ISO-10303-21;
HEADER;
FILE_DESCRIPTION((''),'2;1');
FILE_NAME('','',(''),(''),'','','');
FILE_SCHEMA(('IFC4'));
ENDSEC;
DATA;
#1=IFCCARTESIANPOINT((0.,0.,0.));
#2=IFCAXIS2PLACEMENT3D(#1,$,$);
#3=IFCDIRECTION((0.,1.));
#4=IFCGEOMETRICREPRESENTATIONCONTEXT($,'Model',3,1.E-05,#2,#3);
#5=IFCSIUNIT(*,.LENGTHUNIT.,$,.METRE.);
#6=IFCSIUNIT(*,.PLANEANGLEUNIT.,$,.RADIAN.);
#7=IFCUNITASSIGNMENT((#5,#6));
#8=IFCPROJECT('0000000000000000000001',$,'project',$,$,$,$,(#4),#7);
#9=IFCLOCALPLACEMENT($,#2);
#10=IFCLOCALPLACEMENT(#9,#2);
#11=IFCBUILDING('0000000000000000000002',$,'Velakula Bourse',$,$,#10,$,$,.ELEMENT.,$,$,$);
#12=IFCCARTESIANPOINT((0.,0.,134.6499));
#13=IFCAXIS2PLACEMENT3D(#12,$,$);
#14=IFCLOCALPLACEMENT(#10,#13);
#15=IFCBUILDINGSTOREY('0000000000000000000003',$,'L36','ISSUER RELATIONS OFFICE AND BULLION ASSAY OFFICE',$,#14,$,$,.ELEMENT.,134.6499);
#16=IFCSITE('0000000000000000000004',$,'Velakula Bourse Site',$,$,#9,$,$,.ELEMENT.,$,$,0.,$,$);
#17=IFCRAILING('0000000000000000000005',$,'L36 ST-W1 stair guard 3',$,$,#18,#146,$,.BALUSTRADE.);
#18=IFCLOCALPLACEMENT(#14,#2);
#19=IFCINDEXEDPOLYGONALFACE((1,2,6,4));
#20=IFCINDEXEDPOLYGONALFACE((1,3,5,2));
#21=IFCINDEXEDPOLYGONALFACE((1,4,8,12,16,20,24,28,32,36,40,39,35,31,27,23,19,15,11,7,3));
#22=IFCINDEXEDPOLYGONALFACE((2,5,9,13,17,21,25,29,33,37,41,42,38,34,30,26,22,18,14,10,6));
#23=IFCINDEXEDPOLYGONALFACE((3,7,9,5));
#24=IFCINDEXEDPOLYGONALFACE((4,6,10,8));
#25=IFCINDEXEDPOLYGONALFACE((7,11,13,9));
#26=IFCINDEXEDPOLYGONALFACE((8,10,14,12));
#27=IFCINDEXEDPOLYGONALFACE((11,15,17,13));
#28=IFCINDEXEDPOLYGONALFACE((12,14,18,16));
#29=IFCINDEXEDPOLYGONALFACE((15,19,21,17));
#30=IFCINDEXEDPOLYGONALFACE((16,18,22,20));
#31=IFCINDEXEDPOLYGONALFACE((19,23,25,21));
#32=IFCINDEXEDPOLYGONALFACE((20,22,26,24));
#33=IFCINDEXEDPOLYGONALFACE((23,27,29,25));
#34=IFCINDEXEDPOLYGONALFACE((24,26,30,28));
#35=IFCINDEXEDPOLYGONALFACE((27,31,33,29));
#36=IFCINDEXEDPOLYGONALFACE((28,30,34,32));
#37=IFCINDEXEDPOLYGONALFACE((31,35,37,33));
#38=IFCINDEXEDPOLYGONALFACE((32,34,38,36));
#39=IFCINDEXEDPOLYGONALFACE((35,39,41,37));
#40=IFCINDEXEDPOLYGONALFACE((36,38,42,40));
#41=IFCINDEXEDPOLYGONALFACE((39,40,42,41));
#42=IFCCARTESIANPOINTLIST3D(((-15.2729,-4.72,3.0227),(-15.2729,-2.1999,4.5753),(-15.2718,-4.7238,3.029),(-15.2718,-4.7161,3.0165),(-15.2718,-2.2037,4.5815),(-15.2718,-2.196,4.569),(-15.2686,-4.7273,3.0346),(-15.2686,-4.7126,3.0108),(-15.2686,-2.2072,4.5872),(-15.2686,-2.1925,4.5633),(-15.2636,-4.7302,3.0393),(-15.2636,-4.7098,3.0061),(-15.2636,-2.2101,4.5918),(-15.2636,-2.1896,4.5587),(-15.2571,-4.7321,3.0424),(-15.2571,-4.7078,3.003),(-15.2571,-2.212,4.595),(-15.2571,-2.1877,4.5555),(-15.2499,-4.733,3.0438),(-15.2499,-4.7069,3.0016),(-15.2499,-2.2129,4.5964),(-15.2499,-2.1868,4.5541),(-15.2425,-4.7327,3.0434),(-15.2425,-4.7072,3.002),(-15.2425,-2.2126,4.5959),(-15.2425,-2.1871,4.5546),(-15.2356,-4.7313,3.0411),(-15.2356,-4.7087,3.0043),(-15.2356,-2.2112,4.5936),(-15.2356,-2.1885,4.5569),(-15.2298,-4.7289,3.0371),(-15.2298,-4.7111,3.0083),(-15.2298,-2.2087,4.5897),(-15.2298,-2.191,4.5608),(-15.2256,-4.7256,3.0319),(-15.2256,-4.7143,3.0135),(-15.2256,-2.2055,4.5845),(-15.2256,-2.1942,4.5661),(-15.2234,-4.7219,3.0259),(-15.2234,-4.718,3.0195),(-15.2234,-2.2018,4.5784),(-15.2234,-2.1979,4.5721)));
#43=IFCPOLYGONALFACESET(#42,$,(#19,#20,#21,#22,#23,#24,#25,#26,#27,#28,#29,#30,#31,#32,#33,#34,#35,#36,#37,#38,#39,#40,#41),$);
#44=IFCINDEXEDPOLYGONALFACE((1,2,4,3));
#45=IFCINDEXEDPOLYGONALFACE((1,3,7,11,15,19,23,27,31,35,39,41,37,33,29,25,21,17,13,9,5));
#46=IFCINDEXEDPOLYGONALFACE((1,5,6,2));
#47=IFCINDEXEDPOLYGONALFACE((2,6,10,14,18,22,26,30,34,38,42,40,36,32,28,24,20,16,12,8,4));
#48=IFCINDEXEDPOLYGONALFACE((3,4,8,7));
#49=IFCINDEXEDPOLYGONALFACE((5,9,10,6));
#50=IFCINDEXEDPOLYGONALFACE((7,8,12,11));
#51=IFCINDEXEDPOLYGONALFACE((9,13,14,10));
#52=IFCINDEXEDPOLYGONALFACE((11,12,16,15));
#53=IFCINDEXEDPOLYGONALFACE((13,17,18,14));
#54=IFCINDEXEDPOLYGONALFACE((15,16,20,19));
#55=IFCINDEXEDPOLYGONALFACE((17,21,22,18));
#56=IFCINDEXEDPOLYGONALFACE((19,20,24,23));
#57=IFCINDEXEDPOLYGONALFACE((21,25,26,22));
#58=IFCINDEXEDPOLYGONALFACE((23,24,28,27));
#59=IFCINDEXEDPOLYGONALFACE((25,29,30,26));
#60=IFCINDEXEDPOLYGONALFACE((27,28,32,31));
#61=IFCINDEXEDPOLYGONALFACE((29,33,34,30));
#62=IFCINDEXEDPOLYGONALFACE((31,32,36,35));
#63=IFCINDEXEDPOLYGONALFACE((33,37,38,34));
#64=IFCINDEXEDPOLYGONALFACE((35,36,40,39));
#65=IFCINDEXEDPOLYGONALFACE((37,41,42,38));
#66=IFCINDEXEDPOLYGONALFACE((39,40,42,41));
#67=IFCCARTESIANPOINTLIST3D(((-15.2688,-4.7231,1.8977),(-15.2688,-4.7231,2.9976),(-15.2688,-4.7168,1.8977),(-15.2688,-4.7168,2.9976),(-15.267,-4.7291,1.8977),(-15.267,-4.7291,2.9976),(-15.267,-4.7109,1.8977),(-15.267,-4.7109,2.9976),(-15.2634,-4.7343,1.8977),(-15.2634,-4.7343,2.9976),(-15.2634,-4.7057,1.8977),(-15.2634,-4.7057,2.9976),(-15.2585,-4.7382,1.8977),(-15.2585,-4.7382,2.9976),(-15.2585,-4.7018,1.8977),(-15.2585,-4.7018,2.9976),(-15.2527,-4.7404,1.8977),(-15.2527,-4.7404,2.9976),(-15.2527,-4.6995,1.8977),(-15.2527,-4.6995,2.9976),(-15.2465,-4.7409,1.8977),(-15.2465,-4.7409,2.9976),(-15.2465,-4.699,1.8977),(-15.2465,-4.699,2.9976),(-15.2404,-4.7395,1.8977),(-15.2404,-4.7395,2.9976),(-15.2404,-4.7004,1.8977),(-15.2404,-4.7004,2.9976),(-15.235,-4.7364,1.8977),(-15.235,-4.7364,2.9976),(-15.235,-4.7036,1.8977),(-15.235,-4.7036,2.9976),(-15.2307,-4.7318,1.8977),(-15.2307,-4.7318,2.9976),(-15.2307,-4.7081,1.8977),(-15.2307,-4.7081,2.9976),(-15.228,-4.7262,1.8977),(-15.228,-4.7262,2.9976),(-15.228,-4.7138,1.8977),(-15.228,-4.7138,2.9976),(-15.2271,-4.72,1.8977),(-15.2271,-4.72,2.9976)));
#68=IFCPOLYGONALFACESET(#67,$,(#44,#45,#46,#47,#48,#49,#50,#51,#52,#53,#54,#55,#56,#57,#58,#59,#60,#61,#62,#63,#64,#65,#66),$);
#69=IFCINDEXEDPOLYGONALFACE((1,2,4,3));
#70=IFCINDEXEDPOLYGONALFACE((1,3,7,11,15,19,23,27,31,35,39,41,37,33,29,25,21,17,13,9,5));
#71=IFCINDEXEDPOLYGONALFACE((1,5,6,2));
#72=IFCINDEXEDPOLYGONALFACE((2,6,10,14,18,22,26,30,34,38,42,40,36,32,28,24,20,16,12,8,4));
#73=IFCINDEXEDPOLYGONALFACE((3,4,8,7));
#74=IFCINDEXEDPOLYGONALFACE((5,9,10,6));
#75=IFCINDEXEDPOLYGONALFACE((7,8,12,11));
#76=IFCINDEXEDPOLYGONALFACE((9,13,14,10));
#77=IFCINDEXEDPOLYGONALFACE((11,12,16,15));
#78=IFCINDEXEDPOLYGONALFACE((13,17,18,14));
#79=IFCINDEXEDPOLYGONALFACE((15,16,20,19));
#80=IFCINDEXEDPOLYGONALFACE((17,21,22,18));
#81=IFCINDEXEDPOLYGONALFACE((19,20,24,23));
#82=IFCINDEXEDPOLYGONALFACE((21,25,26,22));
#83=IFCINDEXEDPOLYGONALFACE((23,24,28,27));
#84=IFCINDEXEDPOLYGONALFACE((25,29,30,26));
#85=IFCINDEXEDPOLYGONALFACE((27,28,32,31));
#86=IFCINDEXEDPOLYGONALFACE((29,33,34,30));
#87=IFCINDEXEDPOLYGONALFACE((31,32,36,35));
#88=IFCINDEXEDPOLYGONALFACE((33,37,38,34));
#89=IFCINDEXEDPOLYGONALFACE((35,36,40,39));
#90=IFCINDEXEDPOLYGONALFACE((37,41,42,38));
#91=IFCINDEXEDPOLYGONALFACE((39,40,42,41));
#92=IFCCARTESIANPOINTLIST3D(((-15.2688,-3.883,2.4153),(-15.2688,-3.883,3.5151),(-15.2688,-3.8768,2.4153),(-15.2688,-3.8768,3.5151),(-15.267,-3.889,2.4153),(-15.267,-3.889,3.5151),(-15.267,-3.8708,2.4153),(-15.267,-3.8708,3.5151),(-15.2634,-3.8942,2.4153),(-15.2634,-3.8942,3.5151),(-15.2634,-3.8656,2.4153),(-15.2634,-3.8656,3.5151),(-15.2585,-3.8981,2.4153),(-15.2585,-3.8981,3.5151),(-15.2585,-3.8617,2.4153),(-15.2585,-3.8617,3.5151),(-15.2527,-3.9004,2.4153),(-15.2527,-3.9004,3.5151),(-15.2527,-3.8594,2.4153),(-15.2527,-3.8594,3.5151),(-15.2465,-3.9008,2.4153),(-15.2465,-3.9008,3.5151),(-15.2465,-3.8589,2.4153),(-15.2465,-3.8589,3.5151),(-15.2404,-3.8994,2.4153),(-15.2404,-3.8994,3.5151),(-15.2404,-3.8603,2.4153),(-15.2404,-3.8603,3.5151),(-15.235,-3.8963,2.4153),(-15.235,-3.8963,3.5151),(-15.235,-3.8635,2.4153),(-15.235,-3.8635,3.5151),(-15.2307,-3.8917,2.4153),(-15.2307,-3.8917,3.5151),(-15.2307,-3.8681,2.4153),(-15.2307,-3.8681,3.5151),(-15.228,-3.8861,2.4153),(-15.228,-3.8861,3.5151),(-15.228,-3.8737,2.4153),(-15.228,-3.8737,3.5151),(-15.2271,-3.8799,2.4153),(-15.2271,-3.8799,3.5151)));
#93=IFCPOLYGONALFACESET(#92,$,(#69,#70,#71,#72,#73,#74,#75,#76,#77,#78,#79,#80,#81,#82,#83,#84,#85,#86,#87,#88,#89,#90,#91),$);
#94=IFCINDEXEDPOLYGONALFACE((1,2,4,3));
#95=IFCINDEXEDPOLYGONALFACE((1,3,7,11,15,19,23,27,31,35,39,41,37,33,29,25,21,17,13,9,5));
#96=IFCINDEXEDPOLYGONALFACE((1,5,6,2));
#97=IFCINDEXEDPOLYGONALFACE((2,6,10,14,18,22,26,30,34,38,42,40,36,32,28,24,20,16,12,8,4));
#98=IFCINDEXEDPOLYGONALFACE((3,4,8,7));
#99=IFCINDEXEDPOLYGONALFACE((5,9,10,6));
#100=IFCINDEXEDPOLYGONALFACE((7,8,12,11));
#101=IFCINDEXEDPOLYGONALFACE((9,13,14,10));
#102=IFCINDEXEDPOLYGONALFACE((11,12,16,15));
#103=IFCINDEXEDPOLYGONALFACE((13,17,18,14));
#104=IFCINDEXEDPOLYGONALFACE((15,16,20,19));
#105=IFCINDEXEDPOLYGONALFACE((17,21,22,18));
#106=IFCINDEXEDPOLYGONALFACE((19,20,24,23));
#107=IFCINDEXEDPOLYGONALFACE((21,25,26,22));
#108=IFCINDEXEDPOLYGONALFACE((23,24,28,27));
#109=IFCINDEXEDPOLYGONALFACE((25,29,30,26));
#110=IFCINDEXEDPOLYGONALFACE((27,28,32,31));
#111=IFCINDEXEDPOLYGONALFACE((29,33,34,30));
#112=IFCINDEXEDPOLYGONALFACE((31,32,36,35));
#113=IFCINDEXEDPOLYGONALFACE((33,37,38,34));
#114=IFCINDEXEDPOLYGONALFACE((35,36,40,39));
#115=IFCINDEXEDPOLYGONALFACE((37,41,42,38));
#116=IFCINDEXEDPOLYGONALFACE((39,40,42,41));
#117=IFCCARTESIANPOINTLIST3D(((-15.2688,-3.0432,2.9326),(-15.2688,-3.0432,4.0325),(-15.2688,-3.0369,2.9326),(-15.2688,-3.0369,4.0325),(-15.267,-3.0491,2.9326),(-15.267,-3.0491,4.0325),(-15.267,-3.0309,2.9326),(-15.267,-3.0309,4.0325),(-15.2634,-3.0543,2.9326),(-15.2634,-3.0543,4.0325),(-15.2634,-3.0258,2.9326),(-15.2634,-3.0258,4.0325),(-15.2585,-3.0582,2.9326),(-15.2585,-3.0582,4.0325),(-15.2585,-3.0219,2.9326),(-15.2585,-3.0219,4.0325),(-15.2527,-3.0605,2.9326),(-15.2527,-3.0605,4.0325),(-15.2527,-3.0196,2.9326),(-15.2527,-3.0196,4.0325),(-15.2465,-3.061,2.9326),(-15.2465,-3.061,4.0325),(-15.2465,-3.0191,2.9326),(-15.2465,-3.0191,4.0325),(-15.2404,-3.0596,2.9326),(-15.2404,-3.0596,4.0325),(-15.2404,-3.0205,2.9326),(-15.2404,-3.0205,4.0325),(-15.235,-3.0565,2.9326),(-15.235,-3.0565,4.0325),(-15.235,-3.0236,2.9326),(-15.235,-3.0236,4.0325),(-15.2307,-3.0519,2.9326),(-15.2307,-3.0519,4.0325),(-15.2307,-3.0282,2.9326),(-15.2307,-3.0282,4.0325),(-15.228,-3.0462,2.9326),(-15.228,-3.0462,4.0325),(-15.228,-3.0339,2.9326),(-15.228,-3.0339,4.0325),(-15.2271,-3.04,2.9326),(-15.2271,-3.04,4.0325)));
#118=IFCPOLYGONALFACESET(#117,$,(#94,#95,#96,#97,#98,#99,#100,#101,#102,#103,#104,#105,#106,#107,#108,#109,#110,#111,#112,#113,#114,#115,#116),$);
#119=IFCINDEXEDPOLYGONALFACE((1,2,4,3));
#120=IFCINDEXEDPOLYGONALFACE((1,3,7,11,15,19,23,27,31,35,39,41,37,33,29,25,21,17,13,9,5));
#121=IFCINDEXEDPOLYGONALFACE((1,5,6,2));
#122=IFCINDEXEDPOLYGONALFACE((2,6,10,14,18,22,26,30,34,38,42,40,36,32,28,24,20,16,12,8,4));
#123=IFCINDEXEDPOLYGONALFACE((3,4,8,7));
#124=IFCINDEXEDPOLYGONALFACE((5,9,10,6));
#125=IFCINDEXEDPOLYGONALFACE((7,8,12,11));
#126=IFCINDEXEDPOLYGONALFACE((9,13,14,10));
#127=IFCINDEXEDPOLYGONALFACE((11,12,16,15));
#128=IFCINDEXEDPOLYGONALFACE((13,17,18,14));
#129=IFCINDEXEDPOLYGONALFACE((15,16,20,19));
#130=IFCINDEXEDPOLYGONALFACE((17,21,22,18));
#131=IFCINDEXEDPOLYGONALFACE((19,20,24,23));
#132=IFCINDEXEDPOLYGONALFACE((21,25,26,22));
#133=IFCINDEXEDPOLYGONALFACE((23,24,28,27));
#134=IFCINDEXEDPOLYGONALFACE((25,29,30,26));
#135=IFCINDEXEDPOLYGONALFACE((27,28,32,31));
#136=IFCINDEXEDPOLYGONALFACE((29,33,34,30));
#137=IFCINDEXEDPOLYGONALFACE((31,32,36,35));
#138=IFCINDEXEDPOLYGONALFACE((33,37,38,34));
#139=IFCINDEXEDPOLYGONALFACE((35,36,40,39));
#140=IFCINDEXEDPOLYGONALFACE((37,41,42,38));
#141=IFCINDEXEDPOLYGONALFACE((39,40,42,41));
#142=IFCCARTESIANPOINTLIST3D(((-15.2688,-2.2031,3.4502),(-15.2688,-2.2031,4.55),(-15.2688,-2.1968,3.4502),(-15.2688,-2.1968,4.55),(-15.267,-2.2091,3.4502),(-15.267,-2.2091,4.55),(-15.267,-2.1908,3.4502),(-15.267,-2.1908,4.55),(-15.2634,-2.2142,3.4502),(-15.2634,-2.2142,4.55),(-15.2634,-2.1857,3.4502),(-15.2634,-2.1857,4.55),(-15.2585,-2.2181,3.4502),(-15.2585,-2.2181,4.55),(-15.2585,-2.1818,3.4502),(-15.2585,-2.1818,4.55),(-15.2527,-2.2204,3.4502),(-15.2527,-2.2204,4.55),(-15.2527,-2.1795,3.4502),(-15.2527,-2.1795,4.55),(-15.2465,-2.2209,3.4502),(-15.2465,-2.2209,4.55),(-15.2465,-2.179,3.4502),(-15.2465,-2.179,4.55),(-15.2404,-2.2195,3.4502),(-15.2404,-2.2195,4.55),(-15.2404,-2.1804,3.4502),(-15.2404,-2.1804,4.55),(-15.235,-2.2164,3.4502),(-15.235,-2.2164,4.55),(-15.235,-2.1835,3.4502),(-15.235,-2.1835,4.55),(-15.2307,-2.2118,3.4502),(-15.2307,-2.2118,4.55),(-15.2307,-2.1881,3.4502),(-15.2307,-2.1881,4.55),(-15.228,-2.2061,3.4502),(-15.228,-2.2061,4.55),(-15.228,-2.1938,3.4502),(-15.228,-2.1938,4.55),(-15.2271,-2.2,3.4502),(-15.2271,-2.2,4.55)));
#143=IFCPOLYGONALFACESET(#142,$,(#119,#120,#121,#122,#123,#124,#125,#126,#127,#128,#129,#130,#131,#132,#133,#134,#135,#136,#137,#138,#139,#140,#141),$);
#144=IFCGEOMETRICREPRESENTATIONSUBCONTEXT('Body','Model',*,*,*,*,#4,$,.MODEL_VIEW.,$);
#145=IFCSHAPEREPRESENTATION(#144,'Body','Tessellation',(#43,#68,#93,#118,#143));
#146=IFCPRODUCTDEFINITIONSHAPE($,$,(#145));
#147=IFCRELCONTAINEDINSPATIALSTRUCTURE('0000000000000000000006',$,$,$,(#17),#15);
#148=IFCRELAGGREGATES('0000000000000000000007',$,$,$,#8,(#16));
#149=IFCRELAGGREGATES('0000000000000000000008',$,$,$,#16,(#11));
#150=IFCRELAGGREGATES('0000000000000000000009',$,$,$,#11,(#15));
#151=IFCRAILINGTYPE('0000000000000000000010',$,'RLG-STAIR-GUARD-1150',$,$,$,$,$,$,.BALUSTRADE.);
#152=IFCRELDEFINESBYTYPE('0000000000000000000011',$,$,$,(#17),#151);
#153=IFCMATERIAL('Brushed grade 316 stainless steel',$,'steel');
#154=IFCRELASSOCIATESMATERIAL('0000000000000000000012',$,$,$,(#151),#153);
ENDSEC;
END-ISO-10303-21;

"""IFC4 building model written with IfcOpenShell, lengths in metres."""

from ifc_helpers import new_model, si_unit, direction, frame, origin, origin_2d, place, context, subcontext, project, spatial, circle, extrude, material, type_object, element, save


model = new_model("IFC4")

# Units and contexts
model_context = context("Model", 3, precision=1e-05, world=origin(), true_north=direction((0.0, 1.0)))
body_context = subcontext(model_context, "Body", "Model", "MODEL_VIEW")
ifc_project = project(units=[si_unit("LENGTHUNIT", "METRE"), si_unit("PLANEANGLEUNIT", "RADIAN")], contexts=[model_context])

# Site, building, storey
site_placement = place(None, origin())
site = spatial("IfcSite", under=ifc_project, at=site_placement, Name="Velakula Bourse Site", CompositionType="ELEMENT", RefElevation=0.0)
building_placement = place(site_placement, origin())
building = spatial("IfcBuilding", under=site, at=building_placement, Name="Velakula Bourse", CompositionType="ELEMENT")
storey_placement = place(building_placement, frame((0.0, 0.0, 134.6499)))
storey = spatial("IfcBuildingStorey", under=building, at=storey_placement, Name="L36", Description="ISSUER RELATIONS OFFICE AND BULLION ASSAY OFFICE", CompositionType="ELEMENT", Elevation=134.6499)

# Shared definitions
ifc_material_1 = material(Name="Brushed grade 316 stainless steel", Category="steel")

# Railing
railing_type_1 = type_object("IfcRailingType", Name="RLG-STAIR-GUARD-1150", PredefinedType="BALUSTRADE", material=ifc_material_1)
railing_1_placement = place(storey_placement, frame((-15.248, -4.72, 1.8977)))
element("IfcRailing", 1, at=railing_1_placement, inside=storey, type_object=railing_type_1, Name="L36 ST-W1 stair guard 3", PredefinedType="BALUSTRADE", context=body_context, shape_type="SweptSolid", body=[
    extrude(circle(Radius=0.0249, at=origin_2d()), frame((0.0, 0.0, 1.125), z_axis=(0.0, 0.8514, 0.524516), x_axis=(-1.0, 0.0, 0.0)), (0.0, 0.0, 1.0), 2.96),
    extrude(circle(Radius=0.021, at=origin_2d()), origin(), (0.0, 0.0, 1.0), 1.0999),
    extrude(circle(Radius=0.021, at=origin_2d()), frame((0.0, 0.8401, 0.5176)), (0.0, 0.0, 1.0), 1.0999),
    extrude(circle(Radius=0.021, at=origin_2d()), frame((0.0, 1.6799, 1.0349)), (0.0, 0.0, 1.0), 1.0999),
    extrude(circle(Radius=0.021, at=origin_2d()), frame((0.0, 2.52, 1.5525)), (0.0, 0.0, 1.0), 1.0999),
])

save(model, "model.ifc")
